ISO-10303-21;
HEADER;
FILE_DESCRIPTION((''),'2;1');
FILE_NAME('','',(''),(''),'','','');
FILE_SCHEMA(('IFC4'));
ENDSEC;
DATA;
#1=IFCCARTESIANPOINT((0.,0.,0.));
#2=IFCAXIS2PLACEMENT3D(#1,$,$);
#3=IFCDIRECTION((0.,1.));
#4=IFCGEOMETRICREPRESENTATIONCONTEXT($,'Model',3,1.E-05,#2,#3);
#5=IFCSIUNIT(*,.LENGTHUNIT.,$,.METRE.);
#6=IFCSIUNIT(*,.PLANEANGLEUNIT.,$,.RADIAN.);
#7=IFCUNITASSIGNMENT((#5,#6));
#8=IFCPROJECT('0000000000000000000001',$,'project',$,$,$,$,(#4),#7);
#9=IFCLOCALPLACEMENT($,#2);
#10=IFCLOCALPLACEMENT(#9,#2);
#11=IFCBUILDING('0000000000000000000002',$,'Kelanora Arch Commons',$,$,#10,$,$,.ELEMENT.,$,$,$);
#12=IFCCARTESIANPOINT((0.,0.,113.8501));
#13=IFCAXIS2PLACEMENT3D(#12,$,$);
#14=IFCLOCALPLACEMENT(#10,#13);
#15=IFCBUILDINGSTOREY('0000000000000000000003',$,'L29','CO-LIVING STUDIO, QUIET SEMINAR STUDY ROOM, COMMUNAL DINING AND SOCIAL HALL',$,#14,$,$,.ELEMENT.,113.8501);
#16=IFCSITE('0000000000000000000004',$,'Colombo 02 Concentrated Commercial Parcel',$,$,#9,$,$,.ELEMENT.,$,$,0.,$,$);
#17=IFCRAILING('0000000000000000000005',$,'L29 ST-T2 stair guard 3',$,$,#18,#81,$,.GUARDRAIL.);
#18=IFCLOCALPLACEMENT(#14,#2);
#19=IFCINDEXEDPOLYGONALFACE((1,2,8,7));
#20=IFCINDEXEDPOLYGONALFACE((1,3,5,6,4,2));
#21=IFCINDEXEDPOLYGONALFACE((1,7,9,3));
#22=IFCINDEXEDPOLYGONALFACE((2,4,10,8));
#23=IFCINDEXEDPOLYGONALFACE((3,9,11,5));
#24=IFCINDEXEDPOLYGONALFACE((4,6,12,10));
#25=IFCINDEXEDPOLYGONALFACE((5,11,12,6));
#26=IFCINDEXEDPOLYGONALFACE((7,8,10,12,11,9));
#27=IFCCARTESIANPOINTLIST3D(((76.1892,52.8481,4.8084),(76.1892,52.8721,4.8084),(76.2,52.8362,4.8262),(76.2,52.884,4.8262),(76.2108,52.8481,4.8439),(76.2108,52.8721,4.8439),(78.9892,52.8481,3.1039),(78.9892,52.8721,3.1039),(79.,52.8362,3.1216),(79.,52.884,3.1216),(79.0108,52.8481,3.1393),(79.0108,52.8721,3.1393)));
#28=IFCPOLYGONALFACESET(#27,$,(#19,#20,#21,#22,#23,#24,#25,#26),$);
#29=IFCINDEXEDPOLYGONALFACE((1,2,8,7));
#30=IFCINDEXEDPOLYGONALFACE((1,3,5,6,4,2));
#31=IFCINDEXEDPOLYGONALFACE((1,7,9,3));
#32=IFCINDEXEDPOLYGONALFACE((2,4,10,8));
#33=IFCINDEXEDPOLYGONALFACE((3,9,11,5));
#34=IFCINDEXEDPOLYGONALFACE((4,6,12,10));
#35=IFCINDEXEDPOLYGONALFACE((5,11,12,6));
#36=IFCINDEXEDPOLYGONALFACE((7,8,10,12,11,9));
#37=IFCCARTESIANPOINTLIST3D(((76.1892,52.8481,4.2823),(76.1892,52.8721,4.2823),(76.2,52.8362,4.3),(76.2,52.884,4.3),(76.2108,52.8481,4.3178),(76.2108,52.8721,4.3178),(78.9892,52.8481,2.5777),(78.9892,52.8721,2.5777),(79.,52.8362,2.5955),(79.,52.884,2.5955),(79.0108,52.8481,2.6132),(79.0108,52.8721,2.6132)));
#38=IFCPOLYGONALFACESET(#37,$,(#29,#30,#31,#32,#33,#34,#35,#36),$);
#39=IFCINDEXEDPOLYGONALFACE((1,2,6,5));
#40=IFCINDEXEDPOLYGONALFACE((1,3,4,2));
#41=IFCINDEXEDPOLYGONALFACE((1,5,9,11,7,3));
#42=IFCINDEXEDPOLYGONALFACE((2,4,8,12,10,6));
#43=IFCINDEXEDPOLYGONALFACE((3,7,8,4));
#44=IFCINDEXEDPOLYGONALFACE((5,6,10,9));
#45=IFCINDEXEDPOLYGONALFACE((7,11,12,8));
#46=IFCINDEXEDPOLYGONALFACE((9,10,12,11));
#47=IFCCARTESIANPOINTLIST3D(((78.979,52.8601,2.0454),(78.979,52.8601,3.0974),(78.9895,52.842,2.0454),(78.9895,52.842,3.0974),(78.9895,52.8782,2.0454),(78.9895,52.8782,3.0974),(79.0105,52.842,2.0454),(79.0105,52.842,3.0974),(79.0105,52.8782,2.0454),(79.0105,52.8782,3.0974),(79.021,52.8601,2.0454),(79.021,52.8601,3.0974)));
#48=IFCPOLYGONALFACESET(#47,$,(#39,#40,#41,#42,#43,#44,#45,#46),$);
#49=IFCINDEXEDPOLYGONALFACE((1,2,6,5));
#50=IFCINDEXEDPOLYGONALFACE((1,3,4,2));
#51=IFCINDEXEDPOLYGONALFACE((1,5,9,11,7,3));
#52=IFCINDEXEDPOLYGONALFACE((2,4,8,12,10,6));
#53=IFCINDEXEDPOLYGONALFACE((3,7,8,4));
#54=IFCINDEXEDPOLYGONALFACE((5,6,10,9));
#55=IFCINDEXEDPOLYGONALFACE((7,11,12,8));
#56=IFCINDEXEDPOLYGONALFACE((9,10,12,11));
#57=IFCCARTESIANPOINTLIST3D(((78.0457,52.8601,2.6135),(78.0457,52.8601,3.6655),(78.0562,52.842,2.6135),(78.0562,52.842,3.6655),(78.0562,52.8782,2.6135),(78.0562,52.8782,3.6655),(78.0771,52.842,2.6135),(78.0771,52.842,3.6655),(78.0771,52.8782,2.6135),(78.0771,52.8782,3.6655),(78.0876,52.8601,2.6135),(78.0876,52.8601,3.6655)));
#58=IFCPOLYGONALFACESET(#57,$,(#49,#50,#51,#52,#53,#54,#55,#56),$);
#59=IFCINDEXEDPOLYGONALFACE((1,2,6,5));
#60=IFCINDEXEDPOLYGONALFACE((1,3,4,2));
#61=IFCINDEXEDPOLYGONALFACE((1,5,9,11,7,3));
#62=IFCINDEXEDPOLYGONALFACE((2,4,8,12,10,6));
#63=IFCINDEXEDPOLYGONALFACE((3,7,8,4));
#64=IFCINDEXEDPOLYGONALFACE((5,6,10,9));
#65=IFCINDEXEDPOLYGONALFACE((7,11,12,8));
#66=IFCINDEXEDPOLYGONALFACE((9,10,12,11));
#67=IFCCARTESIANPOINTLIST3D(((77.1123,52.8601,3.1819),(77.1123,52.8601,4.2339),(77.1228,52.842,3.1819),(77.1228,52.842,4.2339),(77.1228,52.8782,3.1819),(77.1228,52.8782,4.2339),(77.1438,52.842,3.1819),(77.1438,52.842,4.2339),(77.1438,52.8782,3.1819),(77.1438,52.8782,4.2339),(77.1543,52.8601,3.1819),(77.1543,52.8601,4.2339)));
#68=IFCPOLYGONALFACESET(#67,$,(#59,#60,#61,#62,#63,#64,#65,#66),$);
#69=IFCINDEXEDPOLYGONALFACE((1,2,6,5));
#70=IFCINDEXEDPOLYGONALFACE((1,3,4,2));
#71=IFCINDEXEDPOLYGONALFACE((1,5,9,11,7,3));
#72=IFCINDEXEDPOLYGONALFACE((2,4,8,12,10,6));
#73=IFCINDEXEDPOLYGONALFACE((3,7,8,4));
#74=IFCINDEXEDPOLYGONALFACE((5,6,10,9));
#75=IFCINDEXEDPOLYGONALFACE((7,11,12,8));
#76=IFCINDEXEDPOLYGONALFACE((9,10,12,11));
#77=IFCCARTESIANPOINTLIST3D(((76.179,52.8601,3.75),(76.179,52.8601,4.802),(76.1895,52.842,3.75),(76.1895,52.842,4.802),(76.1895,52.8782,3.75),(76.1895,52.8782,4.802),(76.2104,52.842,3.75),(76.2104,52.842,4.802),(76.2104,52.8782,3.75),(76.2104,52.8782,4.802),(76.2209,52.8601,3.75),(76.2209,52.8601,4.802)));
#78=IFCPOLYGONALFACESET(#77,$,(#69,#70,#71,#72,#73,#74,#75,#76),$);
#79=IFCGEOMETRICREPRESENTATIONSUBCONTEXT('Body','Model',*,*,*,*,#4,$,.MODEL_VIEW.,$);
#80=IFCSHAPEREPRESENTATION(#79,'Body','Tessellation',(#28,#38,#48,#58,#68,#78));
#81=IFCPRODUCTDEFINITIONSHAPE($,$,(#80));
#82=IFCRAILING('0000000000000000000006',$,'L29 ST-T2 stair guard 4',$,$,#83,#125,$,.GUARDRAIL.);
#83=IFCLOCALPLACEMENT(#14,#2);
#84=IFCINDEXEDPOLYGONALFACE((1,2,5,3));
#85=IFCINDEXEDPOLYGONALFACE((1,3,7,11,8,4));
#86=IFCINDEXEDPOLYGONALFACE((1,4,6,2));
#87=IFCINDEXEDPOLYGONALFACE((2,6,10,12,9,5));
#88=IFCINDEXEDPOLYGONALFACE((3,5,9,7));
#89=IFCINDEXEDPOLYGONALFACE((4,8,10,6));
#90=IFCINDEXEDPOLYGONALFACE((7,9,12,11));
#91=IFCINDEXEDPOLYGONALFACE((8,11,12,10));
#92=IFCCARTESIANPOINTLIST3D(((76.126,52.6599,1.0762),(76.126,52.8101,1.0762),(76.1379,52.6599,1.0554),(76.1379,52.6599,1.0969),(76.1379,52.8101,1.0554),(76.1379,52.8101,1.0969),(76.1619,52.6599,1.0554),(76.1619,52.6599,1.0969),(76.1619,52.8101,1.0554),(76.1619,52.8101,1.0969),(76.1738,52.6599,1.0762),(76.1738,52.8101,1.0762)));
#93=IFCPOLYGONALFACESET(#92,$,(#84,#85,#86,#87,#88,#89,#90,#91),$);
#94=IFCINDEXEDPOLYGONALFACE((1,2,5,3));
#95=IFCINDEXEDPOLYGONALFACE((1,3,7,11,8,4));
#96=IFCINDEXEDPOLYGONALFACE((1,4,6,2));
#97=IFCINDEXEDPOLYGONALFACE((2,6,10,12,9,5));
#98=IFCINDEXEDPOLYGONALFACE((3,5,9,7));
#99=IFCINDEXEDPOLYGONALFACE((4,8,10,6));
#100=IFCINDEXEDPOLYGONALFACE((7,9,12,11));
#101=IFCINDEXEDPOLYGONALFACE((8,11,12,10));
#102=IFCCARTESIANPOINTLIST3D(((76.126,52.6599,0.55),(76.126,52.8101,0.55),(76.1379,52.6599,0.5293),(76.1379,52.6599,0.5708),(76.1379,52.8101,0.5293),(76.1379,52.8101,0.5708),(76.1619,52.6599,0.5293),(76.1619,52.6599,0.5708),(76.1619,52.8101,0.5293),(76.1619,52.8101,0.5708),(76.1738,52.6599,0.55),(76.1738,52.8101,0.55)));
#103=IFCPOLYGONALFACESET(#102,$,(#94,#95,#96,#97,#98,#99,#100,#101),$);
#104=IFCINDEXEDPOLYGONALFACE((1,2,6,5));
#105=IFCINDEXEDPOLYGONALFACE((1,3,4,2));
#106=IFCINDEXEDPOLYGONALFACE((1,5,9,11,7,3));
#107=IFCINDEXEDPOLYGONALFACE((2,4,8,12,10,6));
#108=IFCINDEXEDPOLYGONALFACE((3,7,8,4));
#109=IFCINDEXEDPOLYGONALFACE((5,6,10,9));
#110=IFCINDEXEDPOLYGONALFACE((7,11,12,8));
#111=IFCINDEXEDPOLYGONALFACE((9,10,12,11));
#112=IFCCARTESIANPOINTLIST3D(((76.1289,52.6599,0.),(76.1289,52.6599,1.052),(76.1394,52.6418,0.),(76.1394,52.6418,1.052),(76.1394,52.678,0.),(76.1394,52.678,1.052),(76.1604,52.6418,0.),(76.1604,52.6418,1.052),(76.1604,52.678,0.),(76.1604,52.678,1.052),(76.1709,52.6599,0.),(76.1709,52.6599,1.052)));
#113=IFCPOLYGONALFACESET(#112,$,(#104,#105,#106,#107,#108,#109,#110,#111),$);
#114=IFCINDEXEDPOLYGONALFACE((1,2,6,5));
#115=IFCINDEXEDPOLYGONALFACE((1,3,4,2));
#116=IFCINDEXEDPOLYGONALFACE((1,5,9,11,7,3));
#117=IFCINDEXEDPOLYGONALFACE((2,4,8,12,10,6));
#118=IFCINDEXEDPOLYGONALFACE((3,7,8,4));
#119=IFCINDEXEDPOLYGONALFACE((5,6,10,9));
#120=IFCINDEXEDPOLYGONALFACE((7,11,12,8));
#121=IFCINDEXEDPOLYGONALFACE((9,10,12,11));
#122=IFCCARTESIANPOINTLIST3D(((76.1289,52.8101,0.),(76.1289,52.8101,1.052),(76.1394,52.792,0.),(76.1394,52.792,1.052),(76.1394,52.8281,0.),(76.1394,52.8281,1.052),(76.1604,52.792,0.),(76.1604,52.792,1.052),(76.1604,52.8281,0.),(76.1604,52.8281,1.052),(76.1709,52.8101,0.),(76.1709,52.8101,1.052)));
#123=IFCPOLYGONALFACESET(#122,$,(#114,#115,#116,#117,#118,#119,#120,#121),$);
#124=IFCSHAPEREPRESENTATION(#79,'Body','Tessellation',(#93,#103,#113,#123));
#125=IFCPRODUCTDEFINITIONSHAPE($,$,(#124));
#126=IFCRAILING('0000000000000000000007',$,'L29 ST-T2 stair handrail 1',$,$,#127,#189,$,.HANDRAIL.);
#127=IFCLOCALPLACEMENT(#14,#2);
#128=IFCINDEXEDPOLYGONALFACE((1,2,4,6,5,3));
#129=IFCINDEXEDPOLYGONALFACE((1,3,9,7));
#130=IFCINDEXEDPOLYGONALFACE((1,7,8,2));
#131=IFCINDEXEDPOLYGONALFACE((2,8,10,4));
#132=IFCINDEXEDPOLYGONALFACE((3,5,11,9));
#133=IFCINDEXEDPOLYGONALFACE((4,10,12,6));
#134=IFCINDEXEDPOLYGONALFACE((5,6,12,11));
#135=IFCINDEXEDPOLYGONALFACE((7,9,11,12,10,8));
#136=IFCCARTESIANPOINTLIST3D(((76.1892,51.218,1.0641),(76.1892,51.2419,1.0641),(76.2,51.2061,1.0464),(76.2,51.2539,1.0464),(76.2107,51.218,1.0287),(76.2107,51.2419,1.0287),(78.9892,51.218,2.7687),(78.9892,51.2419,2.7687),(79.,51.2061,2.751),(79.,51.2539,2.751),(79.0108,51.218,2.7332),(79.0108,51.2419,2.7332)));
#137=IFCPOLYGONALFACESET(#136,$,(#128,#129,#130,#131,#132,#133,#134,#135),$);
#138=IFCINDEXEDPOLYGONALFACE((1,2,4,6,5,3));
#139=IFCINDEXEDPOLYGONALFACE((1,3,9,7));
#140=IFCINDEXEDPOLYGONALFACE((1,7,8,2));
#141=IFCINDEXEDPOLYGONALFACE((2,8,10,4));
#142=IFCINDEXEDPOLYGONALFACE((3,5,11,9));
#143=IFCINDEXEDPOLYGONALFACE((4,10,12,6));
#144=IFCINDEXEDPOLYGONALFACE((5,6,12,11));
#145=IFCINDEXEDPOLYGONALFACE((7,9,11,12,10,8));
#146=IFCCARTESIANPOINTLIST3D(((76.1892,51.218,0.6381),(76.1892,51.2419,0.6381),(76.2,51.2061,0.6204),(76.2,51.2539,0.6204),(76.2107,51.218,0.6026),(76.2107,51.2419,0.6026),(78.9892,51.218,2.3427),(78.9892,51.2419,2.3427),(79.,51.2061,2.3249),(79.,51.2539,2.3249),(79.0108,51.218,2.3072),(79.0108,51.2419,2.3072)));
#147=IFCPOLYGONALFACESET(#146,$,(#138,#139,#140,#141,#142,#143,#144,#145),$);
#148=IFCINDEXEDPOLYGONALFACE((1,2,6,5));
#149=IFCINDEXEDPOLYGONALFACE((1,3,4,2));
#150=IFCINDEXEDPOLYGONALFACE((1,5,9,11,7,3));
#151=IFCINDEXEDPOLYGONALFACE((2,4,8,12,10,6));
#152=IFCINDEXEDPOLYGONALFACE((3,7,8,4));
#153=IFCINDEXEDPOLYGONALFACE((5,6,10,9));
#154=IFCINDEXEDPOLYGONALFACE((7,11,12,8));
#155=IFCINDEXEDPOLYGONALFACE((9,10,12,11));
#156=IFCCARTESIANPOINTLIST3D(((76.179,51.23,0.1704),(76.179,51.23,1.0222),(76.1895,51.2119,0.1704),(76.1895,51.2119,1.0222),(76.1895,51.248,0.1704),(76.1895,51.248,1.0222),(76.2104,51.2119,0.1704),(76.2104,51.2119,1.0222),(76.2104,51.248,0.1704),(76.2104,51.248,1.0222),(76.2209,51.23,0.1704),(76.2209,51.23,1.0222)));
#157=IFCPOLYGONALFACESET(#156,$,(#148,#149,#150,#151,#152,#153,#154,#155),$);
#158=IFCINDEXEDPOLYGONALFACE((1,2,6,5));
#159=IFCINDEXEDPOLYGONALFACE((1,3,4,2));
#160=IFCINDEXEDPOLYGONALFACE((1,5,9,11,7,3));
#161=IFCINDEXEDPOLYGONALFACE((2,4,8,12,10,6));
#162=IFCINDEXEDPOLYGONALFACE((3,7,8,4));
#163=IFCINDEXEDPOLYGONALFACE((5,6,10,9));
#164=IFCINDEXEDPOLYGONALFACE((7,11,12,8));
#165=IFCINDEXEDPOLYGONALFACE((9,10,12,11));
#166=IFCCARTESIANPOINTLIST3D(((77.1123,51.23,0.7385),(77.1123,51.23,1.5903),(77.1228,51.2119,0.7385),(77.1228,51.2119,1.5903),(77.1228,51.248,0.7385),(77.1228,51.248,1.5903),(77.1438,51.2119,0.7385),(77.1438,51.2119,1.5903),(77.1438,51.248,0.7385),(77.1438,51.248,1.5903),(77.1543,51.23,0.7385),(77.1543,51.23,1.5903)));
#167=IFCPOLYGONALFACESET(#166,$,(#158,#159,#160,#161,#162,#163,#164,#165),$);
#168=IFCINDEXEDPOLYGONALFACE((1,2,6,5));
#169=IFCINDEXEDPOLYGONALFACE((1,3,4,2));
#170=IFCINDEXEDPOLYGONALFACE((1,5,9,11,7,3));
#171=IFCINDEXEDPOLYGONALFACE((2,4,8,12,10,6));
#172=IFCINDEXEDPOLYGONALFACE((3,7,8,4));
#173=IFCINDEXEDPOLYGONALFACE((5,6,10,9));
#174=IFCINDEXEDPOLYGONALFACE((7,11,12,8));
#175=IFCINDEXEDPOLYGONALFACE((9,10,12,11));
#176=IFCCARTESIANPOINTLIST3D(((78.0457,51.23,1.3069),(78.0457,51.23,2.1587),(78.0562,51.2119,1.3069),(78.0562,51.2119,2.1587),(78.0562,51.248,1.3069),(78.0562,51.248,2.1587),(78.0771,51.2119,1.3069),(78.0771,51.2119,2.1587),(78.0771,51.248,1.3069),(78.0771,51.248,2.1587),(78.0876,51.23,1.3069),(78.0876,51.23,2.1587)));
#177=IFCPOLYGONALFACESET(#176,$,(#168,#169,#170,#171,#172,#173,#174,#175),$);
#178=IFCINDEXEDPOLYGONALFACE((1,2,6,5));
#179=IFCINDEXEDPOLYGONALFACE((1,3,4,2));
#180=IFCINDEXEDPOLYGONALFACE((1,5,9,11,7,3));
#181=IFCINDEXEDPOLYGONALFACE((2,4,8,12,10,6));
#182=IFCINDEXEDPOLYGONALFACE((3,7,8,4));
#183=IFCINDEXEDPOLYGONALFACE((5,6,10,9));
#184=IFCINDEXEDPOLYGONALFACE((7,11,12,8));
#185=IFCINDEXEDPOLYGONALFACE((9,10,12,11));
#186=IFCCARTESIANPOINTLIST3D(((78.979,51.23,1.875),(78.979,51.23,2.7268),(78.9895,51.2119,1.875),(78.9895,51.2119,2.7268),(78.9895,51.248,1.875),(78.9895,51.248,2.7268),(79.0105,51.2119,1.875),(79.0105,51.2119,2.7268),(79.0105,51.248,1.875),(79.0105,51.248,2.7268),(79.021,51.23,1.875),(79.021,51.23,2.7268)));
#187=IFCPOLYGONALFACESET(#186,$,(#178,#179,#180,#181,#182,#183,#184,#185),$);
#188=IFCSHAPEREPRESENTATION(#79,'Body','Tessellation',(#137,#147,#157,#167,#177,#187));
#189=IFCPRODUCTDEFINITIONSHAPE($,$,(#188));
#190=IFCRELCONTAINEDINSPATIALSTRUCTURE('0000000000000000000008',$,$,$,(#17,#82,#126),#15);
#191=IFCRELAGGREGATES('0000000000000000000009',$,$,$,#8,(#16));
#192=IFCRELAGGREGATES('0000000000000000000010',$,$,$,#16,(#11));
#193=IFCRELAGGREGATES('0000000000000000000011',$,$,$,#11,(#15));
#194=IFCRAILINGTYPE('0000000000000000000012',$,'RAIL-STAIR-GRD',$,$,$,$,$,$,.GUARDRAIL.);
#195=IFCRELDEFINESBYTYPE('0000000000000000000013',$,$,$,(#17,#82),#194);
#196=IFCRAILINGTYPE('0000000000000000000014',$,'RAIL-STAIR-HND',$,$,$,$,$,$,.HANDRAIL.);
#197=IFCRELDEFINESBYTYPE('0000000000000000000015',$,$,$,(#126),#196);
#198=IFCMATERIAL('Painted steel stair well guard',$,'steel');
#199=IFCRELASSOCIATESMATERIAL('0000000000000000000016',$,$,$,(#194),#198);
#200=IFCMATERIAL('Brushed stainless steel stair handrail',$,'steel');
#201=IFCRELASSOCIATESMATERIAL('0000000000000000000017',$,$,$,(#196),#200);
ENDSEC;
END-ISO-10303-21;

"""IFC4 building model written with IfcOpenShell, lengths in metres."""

from ifc_helpers import new_model, si_unit, direction, frame, origin, place, context, subcontext, project, spatial, polyline, outline, extrude, material, type_object, element, save


model = new_model("IFC4")

# Units and contexts
model_context = context("Model", 3, precision=1e-05, world=origin(), true_north=direction((0.0, 1.0)))
body_context = subcontext(model_context, "Body", "Model", "MODEL_VIEW")
ifc_project = project(units=[si_unit("LENGTHUNIT", "METRE"), si_unit("PLANEANGLEUNIT", "RADIAN")], contexts=[model_context])

# Site, building, storey
site_placement = place(None, origin())
site = spatial("IfcSite", under=ifc_project, at=site_placement, Name="Colombo 02 Concentrated Commercial Parcel", CompositionType="ELEMENT", RefElevation=0.0)
building_placement = place(site_placement, origin())
building = spatial("IfcBuilding", under=site, at=building_placement, Name="Kelanora Arch Commons", CompositionType="ELEMENT")
storey_placement = place(building_placement, frame((0.0, 0.0, 113.8501)))
storey = spatial("IfcBuildingStorey", under=building, at=storey_placement, Name="L29", Description="CO-LIVING STUDIO, QUIET SEMINAR STUDY ROOM, COMMUNAL DINING AND SOCIAL HALL", CompositionType="ELEMENT", Elevation=113.8501)

# Railings
ifc_material_1 = material(Name="Painted steel stair well guard", Category="steel")
railing_type_1 = type_object("IfcRailingType", Name="RAIL-STAIR-GRD", PredefinedType="GUARDRAIL", material=ifc_material_1)
railing_1_placement = place(storey_placement, frame((79.0, 52.8601, 2.0454)))
element("IfcRailing", 1, at=railing_1_placement, inside=storey, type_object=railing_type_1, Name="L29 ST-T2 stair guard 3", PredefinedType="GUARDRAIL", context=body_context, shape_type="SweptSolid", body=[
    extrude(outline(polyline([(0.0239, 0.0), (0.012, 0.0208), (-0.012, 0.0208), (-0.0239, 0.0), (-0.012, -0.0208), (0.012, -0.0208), (0.0239, 0.0)])), frame((0.0, 0.0, 1.0762), z_axis=(-0.85417, 0.0, 0.519994), x_axis=(0.0, -1.0, 0.0)), (0.0, 0.0, 1.0), 3.2781),
    extrude(outline(polyline([(0.0239, 0.0), (0.012, 0.0208), (-0.012, 0.0208), (-0.0239, 0.0), (-0.012, -0.0208), (0.012, -0.0208), (0.0239, 0.0)])), frame((0.0, 0.0, 0.55), z_axis=(-0.85417, 0.0, 0.519994), x_axis=(0.0, -1.0, 0.0)), (0.0, 0.0, 1.0), 3.2781),
    extrude(outline(polyline([(0.021, 0.0), (0.0105, 0.0181), (-0.0105, 0.0181), (-0.021, 0.0), (-0.0105, -0.0181), (0.0105, -0.0181), (0.021, 0.0)])), origin(), (0.0, 0.0, 1.0), 1.052),
    extrude(outline(polyline([(0.021, 0.0), (0.0105, 0.0181), (-0.0105, 0.0181), (-0.021, 0.0), (-0.0105, -0.0181), (0.0105, -0.0181), (0.021, 0.0)])), frame((-0.9333, 0.0, 0.5681)), (0.0, 0.0, 1.0), 1.052),
    extrude(outline(polyline([(0.021, 0.0), (0.0105, 0.0181), (-0.0105, 0.0181), (-0.021, 0.0), (-0.0105, -0.0181), (0.0105, -0.0181), (0.021, 0.0)])), frame((-1.8667, 0.0, 1.1365)), (0.0, 0.0, 1.0), 1.052),
    extrude(outline(polyline([(0.021, 0.0), (0.0105, 0.0181), (-0.0105, 0.0181), (-0.021, 0.0), (-0.0105, -0.0181), (0.0105, -0.0181), (0.021, 0.0)])), frame((-2.8, 0.0, 1.7046)), (0.0, 0.0, 1.0), 1.052),
])
railing_2_placement = place(storey_placement, frame((76.1499, 52.6599, 0.0)))
element("IfcRailing", 2, at=railing_2_placement, inside=storey, type_object=railing_type_1, Name="L29 ST-T2 stair guard 4", PredefinedType="GUARDRAIL", context=body_context, shape_type="SweptSolid", body=[
    extrude(outline(polyline([(0.0239, 0.0), (0.012, 0.0208), (-0.012, 0.0208), (-0.0239, 0.0), (-0.012, -0.0208), (0.012, -0.0208), (0.0239, 0.0)])), frame((0.0, 0.0, 1.0762), z_axis=(0.0, 1.0, 0.0), x_axis=(-1.0, 0.0, 0.0)), (0.0, 0.0, 1.0), 0.1501),
    extrude(outline(polyline([(0.0239, 0.0), (0.012, 0.0208), (-0.012, 0.0208), (-0.0239, 0.0), (-0.012, -0.0208), (0.012, -0.0208), (0.0239, 0.0)])), frame((0.0, 0.0, 0.55), z_axis=(0.0, 1.0, 0.0), x_axis=(-1.0, 0.0, 0.0)), (0.0, 0.0, 1.0), 0.1501),
    extrude(outline(polyline([(0.021, 0.0), (0.0105, 0.0181), (-0.0105, 0.0181), (-0.021, 0.0), (-0.0105, -0.0181), (0.0105, -0.0181), (0.021, 0.0)])), origin(), (0.0, 0.0, 1.0), 1.052),
    extrude(outline(polyline([(0.021, 0.0), (0.0105, 0.0181), (-0.0105, 0.0181), (-0.021, 0.0), (-0.0105, -0.0181), (0.0105, -0.0181), (0.021, 0.0)])), frame((0.0, 0.1501, 0.0)), (0.0, 0.0, 1.0), 1.052),
])
ifc_material_2 = material(Name="Brushed stainless steel stair handrail", Category="steel")
railing_type_2 = type_object("IfcRailingType", Name="RAIL-STAIR-HND", PredefinedType="HANDRAIL", material=ifc_material_2)
railing_3_placement = place(storey_placement, frame((76.2, 51.23, 0.1704)))
element("IfcRailing", 3, at=railing_3_placement, inside=storey, type_object=railing_type_2, Name="L29 ST-T2 stair handrail 1", PredefinedType="HANDRAIL", context=body_context, shape_type="SweptSolid", body=[
    extrude(outline(polyline([(0.0239, 0.0), (0.012, 0.0208), (-0.012, 0.0208), (-0.0239, 0.0), (-0.012, -0.0208), (0.012, -0.0208), (0.0239, 0.0)])), frame((0.0, 0.0, 0.876), z_axis=(0.85417, 0.0, 0.519994), x_axis=(0.0, 1.0, 0.0)), (0.0, 0.0, 1.0), 3.2781),
    extrude(outline(polyline([(0.0239, 0.0), (0.012, 0.0208), (-0.012, 0.0208), (-0.0239, 0.0), (-0.012, -0.0208), (0.012, -0.0208), (0.0239, 0.0)])), frame((0.0, 0.0, 0.45), z_axis=(0.85417, 0.0, 0.519994), x_axis=(0.0, 1.0, 0.0)), (0.0, 0.0, 1.0), 3.2781),
    extrude(outline(polyline([(0.021, 0.0), (0.0105, 0.0181), (-0.0105, 0.0181), (-0.021, 0.0), (-0.0105, -0.0181), (0.0105, -0.0181), (0.021, 0.0)])), origin(), (0.0, 0.0, 1.0), 0.8518),
    extrude(outline(polyline([(0.021, 0.0), (0.0105, 0.0181), (-0.0105, 0.0181), (-0.021, 0.0), (-0.0105, -0.0181), (0.0105, -0.0181), (0.021, 0.0)])), frame((0.9333, 0.0, 0.5681)), (0.0, 0.0, 1.0), 0.8518),
    extrude(outline(polyline([(0.021, 0.0), (0.0105, 0.0181), (-0.0105, 0.0181), (-0.021, 0.0), (-0.0105, -0.0181), (0.0105, -0.0181), (0.021, 0.0)])), frame((1.8667, 0.0, 1.1365)), (0.0, 0.0, 1.0), 0.8518),
    extrude(outline(polyline([(0.021, 0.0), (0.0105, 0.0181), (-0.0105, 0.0181), (-0.021, 0.0), (-0.0105, -0.0181), (0.0105, -0.0181), (0.021, 0.0)])), frame((2.8, 0.0, 1.7046)), (0.0, 0.0, 1.0), 0.8518),
])

save(model, "model.ifc")
